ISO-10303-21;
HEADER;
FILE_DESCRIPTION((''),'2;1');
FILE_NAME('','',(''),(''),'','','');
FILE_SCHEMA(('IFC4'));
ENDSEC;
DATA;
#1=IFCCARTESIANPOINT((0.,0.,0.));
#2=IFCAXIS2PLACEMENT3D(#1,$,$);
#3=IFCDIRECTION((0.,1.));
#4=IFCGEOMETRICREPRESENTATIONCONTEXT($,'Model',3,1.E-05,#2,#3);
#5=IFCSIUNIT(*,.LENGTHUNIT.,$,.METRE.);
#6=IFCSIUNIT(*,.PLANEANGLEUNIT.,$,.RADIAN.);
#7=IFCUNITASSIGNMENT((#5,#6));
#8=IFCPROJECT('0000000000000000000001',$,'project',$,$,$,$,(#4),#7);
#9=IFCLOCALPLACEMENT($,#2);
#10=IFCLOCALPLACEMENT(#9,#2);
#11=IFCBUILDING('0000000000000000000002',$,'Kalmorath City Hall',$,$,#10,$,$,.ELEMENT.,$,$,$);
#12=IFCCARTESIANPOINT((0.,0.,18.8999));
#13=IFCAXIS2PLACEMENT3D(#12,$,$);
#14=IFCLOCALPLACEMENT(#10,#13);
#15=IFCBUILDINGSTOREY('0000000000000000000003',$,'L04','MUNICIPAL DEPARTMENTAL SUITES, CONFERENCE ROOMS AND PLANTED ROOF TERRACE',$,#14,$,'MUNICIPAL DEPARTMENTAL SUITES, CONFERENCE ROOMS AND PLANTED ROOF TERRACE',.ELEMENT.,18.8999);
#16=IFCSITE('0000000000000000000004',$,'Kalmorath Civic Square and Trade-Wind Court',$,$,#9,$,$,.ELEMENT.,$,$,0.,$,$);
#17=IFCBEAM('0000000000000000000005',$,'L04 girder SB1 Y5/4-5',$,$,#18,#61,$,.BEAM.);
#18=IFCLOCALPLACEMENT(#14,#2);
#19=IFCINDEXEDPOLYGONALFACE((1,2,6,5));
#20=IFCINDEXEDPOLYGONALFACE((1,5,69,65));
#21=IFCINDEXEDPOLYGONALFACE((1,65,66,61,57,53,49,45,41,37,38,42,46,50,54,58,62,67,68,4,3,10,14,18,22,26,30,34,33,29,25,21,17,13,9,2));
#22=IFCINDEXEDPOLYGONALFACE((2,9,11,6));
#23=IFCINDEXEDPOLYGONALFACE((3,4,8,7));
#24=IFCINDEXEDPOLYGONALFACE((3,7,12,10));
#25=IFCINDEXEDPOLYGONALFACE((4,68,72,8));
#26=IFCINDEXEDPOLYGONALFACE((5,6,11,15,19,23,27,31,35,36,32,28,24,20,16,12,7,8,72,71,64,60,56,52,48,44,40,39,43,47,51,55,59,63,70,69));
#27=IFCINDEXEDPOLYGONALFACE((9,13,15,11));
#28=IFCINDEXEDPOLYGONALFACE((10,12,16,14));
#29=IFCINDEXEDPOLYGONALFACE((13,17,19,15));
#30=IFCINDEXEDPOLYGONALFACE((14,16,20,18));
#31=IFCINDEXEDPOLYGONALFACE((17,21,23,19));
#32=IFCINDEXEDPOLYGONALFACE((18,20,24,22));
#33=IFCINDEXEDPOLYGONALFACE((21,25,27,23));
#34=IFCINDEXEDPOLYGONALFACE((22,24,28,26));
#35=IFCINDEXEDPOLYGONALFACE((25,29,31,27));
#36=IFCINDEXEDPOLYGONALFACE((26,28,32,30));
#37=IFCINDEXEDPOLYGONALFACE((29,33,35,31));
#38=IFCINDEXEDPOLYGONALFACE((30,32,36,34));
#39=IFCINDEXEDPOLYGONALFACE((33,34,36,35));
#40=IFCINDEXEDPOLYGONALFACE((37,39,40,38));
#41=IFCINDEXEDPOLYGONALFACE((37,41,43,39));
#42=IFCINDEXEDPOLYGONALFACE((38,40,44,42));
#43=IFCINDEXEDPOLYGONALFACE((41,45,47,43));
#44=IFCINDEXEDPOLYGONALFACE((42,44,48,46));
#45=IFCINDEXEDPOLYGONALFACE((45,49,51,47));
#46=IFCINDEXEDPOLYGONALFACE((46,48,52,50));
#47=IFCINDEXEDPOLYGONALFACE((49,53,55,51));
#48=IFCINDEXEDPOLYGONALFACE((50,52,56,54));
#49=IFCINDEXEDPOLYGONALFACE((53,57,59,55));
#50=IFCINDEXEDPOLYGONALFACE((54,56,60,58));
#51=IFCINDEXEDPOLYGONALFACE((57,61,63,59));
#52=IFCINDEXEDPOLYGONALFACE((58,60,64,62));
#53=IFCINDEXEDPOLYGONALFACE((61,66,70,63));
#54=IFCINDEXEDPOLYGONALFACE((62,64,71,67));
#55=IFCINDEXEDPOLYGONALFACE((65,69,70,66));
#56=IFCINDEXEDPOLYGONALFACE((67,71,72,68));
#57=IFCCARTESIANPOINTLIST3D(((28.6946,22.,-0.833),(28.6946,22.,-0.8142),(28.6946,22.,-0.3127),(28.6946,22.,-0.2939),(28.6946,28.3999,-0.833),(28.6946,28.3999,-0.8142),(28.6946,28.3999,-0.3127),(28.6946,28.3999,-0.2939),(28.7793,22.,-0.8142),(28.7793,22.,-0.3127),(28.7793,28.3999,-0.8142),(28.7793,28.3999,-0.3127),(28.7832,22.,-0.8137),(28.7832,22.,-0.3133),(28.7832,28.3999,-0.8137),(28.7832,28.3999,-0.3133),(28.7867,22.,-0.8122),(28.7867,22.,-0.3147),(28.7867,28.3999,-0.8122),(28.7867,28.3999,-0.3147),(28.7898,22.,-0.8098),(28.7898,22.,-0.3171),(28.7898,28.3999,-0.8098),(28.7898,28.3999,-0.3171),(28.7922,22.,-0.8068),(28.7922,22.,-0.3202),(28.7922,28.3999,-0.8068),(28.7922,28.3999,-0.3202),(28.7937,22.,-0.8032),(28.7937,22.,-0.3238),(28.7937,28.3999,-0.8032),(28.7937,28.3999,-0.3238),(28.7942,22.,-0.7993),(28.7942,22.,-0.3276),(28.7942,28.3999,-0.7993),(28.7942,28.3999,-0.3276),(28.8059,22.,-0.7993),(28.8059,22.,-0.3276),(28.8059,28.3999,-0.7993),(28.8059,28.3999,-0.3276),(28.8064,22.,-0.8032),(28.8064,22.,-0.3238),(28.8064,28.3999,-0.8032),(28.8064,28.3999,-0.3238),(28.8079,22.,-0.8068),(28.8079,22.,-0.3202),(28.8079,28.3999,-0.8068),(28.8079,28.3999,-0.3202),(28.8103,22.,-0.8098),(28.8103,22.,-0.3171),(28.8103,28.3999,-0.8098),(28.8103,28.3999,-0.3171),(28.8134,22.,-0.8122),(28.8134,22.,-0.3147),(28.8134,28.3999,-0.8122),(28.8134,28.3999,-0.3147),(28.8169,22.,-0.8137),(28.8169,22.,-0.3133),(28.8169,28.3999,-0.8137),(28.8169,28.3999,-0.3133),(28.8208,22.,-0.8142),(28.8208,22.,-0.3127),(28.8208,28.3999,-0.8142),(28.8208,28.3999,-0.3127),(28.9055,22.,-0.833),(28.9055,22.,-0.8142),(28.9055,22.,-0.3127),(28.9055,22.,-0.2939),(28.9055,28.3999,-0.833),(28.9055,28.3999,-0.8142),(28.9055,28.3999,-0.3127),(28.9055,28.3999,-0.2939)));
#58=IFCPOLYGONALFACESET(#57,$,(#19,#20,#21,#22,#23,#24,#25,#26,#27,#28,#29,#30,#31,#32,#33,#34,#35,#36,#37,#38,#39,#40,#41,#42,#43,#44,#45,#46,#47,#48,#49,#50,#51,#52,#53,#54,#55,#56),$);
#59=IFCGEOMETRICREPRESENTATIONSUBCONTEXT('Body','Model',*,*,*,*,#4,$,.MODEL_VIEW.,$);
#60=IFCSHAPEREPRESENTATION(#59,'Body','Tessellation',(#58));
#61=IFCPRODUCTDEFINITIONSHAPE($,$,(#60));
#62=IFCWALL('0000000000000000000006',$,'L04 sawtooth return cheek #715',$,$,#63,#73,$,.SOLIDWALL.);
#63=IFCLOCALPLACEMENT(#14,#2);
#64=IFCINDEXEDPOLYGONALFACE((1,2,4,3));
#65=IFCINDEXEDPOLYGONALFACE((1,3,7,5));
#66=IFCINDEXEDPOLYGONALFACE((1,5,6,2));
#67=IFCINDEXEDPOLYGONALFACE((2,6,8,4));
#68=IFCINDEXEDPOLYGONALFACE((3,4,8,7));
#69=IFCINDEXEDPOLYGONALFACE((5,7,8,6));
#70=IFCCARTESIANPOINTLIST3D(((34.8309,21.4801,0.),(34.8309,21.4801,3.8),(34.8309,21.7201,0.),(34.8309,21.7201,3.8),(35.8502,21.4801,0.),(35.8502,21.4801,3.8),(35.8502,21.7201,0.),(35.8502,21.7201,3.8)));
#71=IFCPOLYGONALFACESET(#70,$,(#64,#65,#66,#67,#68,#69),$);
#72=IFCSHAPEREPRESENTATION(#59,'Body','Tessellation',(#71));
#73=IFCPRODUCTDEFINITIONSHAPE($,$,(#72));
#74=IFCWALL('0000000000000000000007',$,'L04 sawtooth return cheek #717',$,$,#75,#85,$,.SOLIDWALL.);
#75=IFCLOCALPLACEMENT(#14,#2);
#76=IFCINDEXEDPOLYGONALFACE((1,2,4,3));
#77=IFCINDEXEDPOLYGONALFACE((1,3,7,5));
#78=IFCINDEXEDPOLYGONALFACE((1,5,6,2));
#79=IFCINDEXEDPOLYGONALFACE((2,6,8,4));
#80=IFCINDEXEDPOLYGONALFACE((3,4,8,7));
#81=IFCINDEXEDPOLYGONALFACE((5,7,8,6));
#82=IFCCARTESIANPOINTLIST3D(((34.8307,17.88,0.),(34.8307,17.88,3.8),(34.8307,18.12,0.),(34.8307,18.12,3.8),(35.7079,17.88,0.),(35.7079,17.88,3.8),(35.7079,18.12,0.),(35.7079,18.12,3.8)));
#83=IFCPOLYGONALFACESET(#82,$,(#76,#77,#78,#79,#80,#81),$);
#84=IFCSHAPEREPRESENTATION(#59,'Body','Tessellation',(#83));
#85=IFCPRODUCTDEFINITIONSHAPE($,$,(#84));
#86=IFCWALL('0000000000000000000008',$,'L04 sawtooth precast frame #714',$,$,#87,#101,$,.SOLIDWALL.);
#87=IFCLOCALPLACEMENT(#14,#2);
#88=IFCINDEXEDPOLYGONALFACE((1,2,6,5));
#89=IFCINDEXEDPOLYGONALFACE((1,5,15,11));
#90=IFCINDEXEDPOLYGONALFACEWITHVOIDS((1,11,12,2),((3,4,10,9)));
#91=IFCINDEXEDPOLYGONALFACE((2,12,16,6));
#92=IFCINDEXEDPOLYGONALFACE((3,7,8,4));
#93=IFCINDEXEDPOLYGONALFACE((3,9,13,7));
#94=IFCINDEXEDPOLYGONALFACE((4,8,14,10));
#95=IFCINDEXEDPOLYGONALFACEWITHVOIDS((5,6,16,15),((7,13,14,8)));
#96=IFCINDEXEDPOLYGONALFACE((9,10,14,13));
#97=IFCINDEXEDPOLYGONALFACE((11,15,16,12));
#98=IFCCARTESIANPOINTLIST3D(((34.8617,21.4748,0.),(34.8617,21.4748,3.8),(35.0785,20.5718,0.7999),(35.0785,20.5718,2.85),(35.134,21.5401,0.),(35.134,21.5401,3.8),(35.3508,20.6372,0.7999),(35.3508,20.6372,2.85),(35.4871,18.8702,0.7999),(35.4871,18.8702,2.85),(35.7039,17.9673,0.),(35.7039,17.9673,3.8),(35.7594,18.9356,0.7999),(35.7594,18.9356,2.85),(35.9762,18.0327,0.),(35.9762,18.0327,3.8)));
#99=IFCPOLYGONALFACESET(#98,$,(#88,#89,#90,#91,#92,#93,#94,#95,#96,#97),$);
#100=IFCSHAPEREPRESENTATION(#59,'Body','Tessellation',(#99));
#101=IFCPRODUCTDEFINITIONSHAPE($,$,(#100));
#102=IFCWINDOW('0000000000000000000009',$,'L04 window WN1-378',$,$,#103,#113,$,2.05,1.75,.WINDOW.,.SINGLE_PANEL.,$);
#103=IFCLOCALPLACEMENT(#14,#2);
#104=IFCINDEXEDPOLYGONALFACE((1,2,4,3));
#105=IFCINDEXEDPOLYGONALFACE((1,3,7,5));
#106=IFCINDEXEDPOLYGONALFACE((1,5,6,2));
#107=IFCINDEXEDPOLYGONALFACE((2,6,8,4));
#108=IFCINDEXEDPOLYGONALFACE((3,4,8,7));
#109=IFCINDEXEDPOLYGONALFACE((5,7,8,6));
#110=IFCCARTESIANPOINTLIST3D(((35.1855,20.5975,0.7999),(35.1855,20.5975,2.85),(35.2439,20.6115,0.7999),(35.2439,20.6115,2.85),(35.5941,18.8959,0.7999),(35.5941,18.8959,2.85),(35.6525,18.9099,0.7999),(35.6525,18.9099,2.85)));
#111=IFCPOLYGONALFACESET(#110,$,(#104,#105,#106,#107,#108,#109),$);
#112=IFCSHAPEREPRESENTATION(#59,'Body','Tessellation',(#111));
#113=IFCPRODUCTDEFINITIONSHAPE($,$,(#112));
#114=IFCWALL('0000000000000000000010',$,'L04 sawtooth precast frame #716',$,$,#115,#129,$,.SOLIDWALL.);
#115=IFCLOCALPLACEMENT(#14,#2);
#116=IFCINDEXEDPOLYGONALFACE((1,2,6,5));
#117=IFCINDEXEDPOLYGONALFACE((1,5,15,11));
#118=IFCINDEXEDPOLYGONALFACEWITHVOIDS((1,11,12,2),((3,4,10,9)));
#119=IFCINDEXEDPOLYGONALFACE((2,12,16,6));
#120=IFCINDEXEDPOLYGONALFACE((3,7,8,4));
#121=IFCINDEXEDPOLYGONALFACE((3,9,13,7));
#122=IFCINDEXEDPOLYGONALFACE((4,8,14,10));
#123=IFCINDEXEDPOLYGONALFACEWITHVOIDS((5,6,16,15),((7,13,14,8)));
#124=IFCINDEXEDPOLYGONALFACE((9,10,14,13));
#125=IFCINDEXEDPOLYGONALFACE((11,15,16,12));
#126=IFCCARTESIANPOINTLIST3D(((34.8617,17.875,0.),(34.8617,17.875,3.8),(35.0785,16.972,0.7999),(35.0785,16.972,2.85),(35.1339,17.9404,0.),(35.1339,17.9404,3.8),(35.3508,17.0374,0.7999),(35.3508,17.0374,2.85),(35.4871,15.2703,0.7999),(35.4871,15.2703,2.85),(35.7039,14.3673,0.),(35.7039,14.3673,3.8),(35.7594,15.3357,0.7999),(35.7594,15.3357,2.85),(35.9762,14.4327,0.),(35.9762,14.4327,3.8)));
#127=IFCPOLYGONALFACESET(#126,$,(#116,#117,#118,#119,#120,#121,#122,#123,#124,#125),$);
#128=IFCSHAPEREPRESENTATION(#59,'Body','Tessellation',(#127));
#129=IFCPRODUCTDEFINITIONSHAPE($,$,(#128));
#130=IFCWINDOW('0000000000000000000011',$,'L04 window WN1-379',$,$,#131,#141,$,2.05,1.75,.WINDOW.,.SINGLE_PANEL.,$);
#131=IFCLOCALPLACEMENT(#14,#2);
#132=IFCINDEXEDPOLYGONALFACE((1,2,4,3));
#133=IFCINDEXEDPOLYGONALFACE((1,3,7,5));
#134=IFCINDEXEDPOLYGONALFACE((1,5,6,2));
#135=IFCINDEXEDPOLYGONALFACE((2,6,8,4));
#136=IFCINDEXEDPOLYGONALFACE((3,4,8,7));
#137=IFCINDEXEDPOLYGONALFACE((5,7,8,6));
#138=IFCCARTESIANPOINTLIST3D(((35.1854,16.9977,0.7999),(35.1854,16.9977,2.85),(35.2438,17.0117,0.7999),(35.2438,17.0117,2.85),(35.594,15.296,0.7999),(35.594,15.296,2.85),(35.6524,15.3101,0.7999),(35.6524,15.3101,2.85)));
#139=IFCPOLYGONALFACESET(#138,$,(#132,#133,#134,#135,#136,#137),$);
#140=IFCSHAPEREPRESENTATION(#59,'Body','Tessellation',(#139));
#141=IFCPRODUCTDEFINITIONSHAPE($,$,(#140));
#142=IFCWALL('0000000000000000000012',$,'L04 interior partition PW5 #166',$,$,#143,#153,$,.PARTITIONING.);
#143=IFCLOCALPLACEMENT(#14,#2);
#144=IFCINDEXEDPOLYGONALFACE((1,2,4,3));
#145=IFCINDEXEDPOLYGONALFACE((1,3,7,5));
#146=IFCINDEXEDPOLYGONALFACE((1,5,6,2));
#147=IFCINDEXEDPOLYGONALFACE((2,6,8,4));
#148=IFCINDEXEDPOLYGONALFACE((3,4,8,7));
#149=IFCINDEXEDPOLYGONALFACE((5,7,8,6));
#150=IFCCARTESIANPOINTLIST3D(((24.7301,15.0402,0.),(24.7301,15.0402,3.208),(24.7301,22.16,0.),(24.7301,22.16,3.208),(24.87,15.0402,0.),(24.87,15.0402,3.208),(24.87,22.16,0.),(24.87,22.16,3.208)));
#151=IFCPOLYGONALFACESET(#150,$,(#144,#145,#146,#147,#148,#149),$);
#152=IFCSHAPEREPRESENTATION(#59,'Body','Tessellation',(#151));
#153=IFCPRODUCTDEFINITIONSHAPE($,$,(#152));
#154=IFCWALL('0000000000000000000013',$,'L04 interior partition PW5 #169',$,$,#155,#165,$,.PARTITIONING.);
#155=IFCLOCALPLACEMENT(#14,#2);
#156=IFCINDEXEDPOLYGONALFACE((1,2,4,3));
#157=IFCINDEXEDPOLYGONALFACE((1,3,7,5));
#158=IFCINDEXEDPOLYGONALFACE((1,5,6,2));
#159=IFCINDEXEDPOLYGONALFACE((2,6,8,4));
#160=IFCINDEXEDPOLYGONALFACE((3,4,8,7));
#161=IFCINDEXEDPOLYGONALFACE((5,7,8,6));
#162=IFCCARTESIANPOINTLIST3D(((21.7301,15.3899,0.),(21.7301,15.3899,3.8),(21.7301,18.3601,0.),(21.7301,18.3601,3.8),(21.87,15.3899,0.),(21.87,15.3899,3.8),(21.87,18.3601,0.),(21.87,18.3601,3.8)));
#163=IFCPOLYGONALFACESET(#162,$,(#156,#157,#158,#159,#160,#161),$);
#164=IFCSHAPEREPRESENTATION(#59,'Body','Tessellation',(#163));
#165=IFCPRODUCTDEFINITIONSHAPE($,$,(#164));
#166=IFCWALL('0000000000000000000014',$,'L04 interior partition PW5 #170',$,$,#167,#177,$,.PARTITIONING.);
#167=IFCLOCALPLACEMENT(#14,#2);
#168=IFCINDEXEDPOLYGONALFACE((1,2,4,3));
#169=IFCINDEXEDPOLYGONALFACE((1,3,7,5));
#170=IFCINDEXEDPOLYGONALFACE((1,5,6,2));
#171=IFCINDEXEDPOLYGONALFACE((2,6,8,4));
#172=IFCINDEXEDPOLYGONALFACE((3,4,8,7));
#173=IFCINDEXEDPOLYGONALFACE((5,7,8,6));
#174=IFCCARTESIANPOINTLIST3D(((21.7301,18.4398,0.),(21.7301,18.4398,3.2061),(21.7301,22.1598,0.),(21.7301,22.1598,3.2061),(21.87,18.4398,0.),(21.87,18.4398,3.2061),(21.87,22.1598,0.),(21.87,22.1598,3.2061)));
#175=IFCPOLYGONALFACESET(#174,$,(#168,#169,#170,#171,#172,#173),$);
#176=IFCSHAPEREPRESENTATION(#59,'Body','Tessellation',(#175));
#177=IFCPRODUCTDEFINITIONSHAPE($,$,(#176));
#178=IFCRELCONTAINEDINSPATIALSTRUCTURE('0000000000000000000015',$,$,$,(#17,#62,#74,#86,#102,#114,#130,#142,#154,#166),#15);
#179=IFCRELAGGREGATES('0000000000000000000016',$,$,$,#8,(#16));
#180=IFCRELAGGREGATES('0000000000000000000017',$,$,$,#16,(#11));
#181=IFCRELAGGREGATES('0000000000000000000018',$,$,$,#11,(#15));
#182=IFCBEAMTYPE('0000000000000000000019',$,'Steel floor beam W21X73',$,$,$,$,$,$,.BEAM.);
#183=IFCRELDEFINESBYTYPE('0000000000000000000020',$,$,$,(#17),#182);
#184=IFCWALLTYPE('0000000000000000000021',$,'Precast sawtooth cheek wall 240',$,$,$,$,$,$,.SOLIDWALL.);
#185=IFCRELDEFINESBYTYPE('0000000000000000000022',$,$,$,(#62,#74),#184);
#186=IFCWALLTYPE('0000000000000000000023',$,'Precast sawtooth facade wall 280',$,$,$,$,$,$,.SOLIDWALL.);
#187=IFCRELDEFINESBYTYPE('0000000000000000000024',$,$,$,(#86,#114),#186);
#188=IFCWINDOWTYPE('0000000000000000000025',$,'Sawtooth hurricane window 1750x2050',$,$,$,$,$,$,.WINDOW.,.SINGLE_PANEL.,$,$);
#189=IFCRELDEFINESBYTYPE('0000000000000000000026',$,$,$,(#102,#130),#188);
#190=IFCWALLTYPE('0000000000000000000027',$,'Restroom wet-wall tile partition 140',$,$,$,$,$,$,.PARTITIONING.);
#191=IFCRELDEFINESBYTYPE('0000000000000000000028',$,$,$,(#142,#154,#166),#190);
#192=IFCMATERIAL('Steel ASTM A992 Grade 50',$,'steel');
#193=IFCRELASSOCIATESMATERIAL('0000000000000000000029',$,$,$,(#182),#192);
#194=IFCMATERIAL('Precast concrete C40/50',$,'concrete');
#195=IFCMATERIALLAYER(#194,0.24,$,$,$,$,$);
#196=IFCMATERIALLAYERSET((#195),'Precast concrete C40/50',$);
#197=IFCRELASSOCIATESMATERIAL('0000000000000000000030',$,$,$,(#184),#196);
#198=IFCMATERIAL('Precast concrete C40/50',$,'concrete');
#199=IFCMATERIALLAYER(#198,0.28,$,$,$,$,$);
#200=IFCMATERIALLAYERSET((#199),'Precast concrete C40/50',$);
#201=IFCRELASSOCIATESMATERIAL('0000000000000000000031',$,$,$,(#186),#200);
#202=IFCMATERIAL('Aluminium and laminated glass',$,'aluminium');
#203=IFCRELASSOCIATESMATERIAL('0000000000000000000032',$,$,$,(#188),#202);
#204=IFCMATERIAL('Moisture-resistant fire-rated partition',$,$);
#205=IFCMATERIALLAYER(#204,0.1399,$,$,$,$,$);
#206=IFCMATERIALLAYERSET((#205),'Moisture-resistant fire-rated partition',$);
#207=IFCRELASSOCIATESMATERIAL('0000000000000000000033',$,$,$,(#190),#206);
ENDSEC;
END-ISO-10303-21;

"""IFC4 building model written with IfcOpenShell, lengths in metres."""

from ifc_helpers import new_model, si_unit, direction, frame, frame_2d, origin, origin_2d, place, context, subcontext, project, spatial, rectangle, i_section, extrude, material, layer, layer_set, material_profile, profile_set, type_object, element, fill, save


model = new_model("IFC4")

# Units and contexts
model_context = context("Model", 3, precision=1e-05, world=origin(), true_north=direction((0.0, 1.0)))
body_context = subcontext(model_context, "Body", "Model", "MODEL_VIEW")
ifc_project = project(units=[si_unit("LENGTHUNIT", "METRE"), si_unit("PLANEANGLEUNIT", "RADIAN")], contexts=[model_context])

# Site, building, storey
site_placement = place(None, origin())
site = spatial("IfcSite", under=ifc_project, at=site_placement, Name="Kalmorath Civic Square and Trade-Wind Court", CompositionType="ELEMENT", RefElevation=0.0)
building_placement = place(site_placement, origin())
building = spatial("IfcBuilding", under=site, at=building_placement, Name="Kalmorath City Hall", CompositionType="ELEMENT")
storey_placement = place(building_placement, frame((0.0, 0.0, 18.8999)))
storey = spatial("IfcBuildingStorey", under=building, at=storey_placement, Name="L04", Description="MUNICIPAL DEPARTMENTAL SUITES, CONFERENCE ROOMS AND PLANTED ROOF TERRACE", LongName="MUNICIPAL DEPARTMENTAL SUITES, CONFERENCE ROOMS AND PLANTED ROOF TERRACE", CompositionType="ELEMENT", Elevation=18.8999)

# Beam
ifc_material_1 = material(Name="Steel ASTM A992 Grade 50", Category="steel")
ifc_material_profile_1 = material_profile(ifc_material_1, i_section(OverallWidth=0.2109, OverallDepth=0.5391, WebThickness=0.0117, FlangeThickness=0.0188, FilletRadius=0.0149, at=origin_2d()), Name="W21X73")
ifc_profile_set_1 = profile_set([ifc_material_profile_1], Name="Steel ASTM A992 Grade 50")
beam_type = type_object("IfcBeamType", Name="Steel floor beam W21X73", PredefinedType="BEAM", material=ifc_profile_set_1)
for number, where, z_axis, x_axis, name in (
    (1, (28.8, 22.0, -0.5635), (0.0, 1.0, 0.0), (-1.0, 0.0, 0.0), "L04 girder SB1 Y5/4-5"),
):
    element("IfcBeam", number, at=place(storey_placement, frame(where, z_axis=z_axis, x_axis=x_axis)), inside=storey, type_object=beam_type, Name=name, PredefinedType="BEAM", context=body_context, shape_type="SweptSolid", body=[
        extrude(i_section(OverallWidth=0.2109, OverallDepth=0.5391, WebThickness=0.0117, FlangeThickness=0.0188, FilletRadius=0.0149, at=origin_2d()), origin(), (0.0, 0.0, 1.0), 6.3999),
    ])

# Walls
ifc_material_2 = material(Name="Precast concrete C40/50", Category="concrete")
ifc_layer_1 = layer(ifc_material_2, 0.24)
ifc_layer_set_1 = layer_set([ifc_layer_1], Name="Precast concrete C40/50")
wall_type_1 = type_object("IfcWallType", Name="Precast sawtooth cheek wall 240", PredefinedType="SOLIDWALL", material=ifc_layer_set_1)
wall_1_placement = place(storey_placement, frame((34.8308, 21.6001, 0.0), z_axis=(0.0, 0.0, 1.0), x_axis=(1.0, 0.0, 0.0)))
element("IfcWall", 2, at=wall_1_placement, inside=storey, type_object=wall_type_1, Name="L04 sawtooth return cheek #715", PredefinedType="SOLIDWALL", context=body_context, shape_type="SweptSolid", body=[
    extrude(rectangle(XDim=1.0193, YDim=0.24, at=frame_2d((0.5098, 0.0))), origin(), (0.0, 0.0, 1.0), 3.8),
])
wall_2_placement = place(storey_placement, frame((34.8308, 18.0, 0.0), z_axis=(0.0, 0.0, 1.0), x_axis=(1.0, 0.0, 0.0)))
element("IfcWall", 3, at=wall_2_placement, inside=storey, type_object=wall_type_1, Name="L04 sawtooth return cheek #717", PredefinedType="SOLIDWALL", context=body_context, shape_type="SweptSolid", body=[
    extrude(rectangle(XDim=0.8772, YDim=0.24, at=frame_2d((0.4385, 0.0))), origin(), (0.0, 0.0, 1.0), 3.8),
])

# Walls, openings, windows
ifc_material_3 = material(Name="Precast concrete C40/50", Category="concrete")
ifc_layer_2 = layer(ifc_material_3, 0.28)
ifc_layer_set_2 = layer_set([ifc_layer_2], Name="Precast concrete C40/50")
wall_type_2 = type_object("IfcWallType", Name="Precast sawtooth facade wall 280", PredefinedType="SOLIDWALL", material=ifc_layer_set_2)
wall_3_placement = place(storey_placement, frame((34.9978, 21.5076, 0.0), z_axis=(0.0, 0.0, 1.0), x_axis=(0.233496, -0.972358, 0.0)))
wall_3 = element("IfcWall", 4, at=wall_3_placement, inside=storey, type_object=wall_type_2, Name="L04 sawtooth precast frame #714", PredefinedType="SOLIDWALL", context=body_context, shape_type="SweptSolid", body=[
    extrude(rectangle(XDim=3.6072, YDim=0.28, at=frame_2d((1.8037, 0.0))), origin(), (0.0, 0.0, 1.0), 3.8),
])
opening_1_placement = place(wall_3_placement, frame((0.9287, 0.0, 0.8)))
opening_1 = element("IfcOpeningElement", 5, at=opening_1_placement, cuts=wall_3, PredefinedType="OPENING", context=body_context, shape_type="SweptSolid", body=[
    extrude(rectangle(XDim=1.75, YDim=2.05, at=frame_2d((0.875, 1.0249))), frame((0.0, 0.1499, 0.0), z_axis=(0.0, -1.0, 0.0), x_axis=(1.0, 0.0, 0.0)), (0.0, 0.0, 1.0), 0.3),
])
ifc_material_4 = material(Name="Aluminium and laminated glass", Category="aluminium")
window_type = type_object("IfcWindowType", Name="Sawtooth hurricane window 1750x2050", PartitioningType="SINGLE_PANEL", PredefinedType="WINDOW", material=ifc_material_4)
window_1_placement = place(opening_1_placement, origin())
window_1 = element("IfcWindow", 6, at=window_1_placement, inside=storey, type_object=window_type, Name="L04 window WN1-378", OverallHeight=2.05, OverallWidth=1.75, PartitioningType="SINGLE_PANEL", PredefinedType="WINDOW", context=body_context, shape_type="SweptSolid", body=[
    extrude(rectangle(XDim=1.75, YDim=2.05, at=frame_2d((0.875, 1.0249))), frame((0.0, 0.03, 0.0), z_axis=(0.0, -1.0, 0.0), x_axis=(1.0, 0.0, 0.0)), (0.0, 0.0, 1.0), 0.0601),
])
fill(opening_1, window_1)
wall_4_placement = place(storey_placement, frame((34.9978, 17.9077, 0.0), z_axis=(0.0, 0.0, 1.0), x_axis=(0.23348, -0.972361, 0.0)))
wall_4 = element("IfcWall", 7, at=wall_4_placement, inside=storey, type_object=wall_type_2, Name="L04 sawtooth precast frame #716", PredefinedType="SOLIDWALL", context=body_context, shape_type="SweptSolid", body=[
    extrude(rectangle(XDim=3.6074, YDim=0.28, at=frame_2d((1.8037, 0.0))), origin(), (0.0, 0.0, 1.0), 3.8),
])
opening_2_placement = place(wall_4_placement, frame((0.9287, 0.0, 0.8)))
opening_2 = element("IfcOpeningElement", 8, at=opening_2_placement, cuts=wall_4, PredefinedType="OPENING", context=body_context, shape_type="SweptSolid", body=[
    extrude(rectangle(XDim=1.75, YDim=2.05, at=frame_2d((0.875, 1.0249))), frame((0.0, 0.1499, 0.0), z_axis=(0.0, -1.0, 0.0), x_axis=(1.0, 0.0, 0.0)), (0.0, 0.0, 1.0), 0.3),
])
window_2_placement = place(opening_2_placement, origin())
window_2 = element("IfcWindow", 9, at=window_2_placement, inside=storey, type_object=window_type, Name="L04 window WN1-379", OverallHeight=2.05, OverallWidth=1.75, PartitioningType="SINGLE_PANEL", PredefinedType="WINDOW", context=body_context, shape_type="SweptSolid", body=[
    extrude(rectangle(XDim=1.75, YDim=2.05, at=frame_2d((0.875, 1.0249))), frame((0.0, 0.03, 0.0), z_axis=(0.0, -1.0, 0.0), x_axis=(1.0, 0.0, 0.0)), (0.0, 0.0, 1.0), 0.0601),
])
fill(opening_2, window_2)

# Walls
ifc_material_5 = material(Name="Moisture-resistant fire-rated partition")
ifc_layer_3 = layer(ifc_material_5, 0.1399)
ifc_layer_set_3 = layer_set([ifc_layer_3], Name="Moisture-resistant fire-rated partition")
wall_type_3 = type_object("IfcWallType", Name="Restroom wet-wall tile partition 140", PredefinedType="PARTITIONING", material=ifc_layer_set_3)
wall_5_placement = place(storey_placement, frame((24.8, 15.04, 0.0), z_axis=(0.0, 0.0, 1.0), x_axis=(0.0, 1.0, 0.0)))
element("IfcWall", 10, at=wall_5_placement, inside=storey, type_object=wall_type_3, Name="L04 interior partition PW5 #166", PredefinedType="PARTITIONING", context=body_context, shape_type="SweptSolid", body=[
    extrude(rectangle(XDim=7.1199, YDim=0.1399, at=frame_2d((3.5601, 0.0))), origin(), (0.0, 0.0, 1.0), 3.208),
])
wall_6_placement = place(storey_placement, frame((21.8, 15.3899, 0.0), z_axis=(0.0, 0.0, 1.0), x_axis=(0.0, 1.0, 0.0)))
element("IfcWall", 11, at=wall_6_placement, inside=storey, type_object=wall_type_3, Name="L04 interior partition PW5 #169", PredefinedType="PARTITIONING", context=body_context, shape_type="SweptSolid", body=[
    extrude(rectangle(XDim=2.9702, YDim=0.1399, at=frame_2d((1.4851, 0.0))), origin(), (0.0, 0.0, 1.0), 3.8),
])
wall_7_placement = place(storey_placement, frame((21.8, 18.4399, 0.0), z_axis=(0.0, 0.0, 1.0), x_axis=(0.0, 1.0, 0.0)))
element("IfcWall", 12, at=wall_7_placement, inside=storey, type_object=wall_type_3, Name="L04 interior partition PW5 #170", PredefinedType="PARTITIONING", context=body_context, shape_type="SweptSolid", body=[
    extrude(rectangle(XDim=3.72, YDim=0.1399, at=frame_2d((1.8599, 0.0))), origin(), (0.0, 0.0, 1.0), 3.2061),
])

save(model, "model.ifc")
